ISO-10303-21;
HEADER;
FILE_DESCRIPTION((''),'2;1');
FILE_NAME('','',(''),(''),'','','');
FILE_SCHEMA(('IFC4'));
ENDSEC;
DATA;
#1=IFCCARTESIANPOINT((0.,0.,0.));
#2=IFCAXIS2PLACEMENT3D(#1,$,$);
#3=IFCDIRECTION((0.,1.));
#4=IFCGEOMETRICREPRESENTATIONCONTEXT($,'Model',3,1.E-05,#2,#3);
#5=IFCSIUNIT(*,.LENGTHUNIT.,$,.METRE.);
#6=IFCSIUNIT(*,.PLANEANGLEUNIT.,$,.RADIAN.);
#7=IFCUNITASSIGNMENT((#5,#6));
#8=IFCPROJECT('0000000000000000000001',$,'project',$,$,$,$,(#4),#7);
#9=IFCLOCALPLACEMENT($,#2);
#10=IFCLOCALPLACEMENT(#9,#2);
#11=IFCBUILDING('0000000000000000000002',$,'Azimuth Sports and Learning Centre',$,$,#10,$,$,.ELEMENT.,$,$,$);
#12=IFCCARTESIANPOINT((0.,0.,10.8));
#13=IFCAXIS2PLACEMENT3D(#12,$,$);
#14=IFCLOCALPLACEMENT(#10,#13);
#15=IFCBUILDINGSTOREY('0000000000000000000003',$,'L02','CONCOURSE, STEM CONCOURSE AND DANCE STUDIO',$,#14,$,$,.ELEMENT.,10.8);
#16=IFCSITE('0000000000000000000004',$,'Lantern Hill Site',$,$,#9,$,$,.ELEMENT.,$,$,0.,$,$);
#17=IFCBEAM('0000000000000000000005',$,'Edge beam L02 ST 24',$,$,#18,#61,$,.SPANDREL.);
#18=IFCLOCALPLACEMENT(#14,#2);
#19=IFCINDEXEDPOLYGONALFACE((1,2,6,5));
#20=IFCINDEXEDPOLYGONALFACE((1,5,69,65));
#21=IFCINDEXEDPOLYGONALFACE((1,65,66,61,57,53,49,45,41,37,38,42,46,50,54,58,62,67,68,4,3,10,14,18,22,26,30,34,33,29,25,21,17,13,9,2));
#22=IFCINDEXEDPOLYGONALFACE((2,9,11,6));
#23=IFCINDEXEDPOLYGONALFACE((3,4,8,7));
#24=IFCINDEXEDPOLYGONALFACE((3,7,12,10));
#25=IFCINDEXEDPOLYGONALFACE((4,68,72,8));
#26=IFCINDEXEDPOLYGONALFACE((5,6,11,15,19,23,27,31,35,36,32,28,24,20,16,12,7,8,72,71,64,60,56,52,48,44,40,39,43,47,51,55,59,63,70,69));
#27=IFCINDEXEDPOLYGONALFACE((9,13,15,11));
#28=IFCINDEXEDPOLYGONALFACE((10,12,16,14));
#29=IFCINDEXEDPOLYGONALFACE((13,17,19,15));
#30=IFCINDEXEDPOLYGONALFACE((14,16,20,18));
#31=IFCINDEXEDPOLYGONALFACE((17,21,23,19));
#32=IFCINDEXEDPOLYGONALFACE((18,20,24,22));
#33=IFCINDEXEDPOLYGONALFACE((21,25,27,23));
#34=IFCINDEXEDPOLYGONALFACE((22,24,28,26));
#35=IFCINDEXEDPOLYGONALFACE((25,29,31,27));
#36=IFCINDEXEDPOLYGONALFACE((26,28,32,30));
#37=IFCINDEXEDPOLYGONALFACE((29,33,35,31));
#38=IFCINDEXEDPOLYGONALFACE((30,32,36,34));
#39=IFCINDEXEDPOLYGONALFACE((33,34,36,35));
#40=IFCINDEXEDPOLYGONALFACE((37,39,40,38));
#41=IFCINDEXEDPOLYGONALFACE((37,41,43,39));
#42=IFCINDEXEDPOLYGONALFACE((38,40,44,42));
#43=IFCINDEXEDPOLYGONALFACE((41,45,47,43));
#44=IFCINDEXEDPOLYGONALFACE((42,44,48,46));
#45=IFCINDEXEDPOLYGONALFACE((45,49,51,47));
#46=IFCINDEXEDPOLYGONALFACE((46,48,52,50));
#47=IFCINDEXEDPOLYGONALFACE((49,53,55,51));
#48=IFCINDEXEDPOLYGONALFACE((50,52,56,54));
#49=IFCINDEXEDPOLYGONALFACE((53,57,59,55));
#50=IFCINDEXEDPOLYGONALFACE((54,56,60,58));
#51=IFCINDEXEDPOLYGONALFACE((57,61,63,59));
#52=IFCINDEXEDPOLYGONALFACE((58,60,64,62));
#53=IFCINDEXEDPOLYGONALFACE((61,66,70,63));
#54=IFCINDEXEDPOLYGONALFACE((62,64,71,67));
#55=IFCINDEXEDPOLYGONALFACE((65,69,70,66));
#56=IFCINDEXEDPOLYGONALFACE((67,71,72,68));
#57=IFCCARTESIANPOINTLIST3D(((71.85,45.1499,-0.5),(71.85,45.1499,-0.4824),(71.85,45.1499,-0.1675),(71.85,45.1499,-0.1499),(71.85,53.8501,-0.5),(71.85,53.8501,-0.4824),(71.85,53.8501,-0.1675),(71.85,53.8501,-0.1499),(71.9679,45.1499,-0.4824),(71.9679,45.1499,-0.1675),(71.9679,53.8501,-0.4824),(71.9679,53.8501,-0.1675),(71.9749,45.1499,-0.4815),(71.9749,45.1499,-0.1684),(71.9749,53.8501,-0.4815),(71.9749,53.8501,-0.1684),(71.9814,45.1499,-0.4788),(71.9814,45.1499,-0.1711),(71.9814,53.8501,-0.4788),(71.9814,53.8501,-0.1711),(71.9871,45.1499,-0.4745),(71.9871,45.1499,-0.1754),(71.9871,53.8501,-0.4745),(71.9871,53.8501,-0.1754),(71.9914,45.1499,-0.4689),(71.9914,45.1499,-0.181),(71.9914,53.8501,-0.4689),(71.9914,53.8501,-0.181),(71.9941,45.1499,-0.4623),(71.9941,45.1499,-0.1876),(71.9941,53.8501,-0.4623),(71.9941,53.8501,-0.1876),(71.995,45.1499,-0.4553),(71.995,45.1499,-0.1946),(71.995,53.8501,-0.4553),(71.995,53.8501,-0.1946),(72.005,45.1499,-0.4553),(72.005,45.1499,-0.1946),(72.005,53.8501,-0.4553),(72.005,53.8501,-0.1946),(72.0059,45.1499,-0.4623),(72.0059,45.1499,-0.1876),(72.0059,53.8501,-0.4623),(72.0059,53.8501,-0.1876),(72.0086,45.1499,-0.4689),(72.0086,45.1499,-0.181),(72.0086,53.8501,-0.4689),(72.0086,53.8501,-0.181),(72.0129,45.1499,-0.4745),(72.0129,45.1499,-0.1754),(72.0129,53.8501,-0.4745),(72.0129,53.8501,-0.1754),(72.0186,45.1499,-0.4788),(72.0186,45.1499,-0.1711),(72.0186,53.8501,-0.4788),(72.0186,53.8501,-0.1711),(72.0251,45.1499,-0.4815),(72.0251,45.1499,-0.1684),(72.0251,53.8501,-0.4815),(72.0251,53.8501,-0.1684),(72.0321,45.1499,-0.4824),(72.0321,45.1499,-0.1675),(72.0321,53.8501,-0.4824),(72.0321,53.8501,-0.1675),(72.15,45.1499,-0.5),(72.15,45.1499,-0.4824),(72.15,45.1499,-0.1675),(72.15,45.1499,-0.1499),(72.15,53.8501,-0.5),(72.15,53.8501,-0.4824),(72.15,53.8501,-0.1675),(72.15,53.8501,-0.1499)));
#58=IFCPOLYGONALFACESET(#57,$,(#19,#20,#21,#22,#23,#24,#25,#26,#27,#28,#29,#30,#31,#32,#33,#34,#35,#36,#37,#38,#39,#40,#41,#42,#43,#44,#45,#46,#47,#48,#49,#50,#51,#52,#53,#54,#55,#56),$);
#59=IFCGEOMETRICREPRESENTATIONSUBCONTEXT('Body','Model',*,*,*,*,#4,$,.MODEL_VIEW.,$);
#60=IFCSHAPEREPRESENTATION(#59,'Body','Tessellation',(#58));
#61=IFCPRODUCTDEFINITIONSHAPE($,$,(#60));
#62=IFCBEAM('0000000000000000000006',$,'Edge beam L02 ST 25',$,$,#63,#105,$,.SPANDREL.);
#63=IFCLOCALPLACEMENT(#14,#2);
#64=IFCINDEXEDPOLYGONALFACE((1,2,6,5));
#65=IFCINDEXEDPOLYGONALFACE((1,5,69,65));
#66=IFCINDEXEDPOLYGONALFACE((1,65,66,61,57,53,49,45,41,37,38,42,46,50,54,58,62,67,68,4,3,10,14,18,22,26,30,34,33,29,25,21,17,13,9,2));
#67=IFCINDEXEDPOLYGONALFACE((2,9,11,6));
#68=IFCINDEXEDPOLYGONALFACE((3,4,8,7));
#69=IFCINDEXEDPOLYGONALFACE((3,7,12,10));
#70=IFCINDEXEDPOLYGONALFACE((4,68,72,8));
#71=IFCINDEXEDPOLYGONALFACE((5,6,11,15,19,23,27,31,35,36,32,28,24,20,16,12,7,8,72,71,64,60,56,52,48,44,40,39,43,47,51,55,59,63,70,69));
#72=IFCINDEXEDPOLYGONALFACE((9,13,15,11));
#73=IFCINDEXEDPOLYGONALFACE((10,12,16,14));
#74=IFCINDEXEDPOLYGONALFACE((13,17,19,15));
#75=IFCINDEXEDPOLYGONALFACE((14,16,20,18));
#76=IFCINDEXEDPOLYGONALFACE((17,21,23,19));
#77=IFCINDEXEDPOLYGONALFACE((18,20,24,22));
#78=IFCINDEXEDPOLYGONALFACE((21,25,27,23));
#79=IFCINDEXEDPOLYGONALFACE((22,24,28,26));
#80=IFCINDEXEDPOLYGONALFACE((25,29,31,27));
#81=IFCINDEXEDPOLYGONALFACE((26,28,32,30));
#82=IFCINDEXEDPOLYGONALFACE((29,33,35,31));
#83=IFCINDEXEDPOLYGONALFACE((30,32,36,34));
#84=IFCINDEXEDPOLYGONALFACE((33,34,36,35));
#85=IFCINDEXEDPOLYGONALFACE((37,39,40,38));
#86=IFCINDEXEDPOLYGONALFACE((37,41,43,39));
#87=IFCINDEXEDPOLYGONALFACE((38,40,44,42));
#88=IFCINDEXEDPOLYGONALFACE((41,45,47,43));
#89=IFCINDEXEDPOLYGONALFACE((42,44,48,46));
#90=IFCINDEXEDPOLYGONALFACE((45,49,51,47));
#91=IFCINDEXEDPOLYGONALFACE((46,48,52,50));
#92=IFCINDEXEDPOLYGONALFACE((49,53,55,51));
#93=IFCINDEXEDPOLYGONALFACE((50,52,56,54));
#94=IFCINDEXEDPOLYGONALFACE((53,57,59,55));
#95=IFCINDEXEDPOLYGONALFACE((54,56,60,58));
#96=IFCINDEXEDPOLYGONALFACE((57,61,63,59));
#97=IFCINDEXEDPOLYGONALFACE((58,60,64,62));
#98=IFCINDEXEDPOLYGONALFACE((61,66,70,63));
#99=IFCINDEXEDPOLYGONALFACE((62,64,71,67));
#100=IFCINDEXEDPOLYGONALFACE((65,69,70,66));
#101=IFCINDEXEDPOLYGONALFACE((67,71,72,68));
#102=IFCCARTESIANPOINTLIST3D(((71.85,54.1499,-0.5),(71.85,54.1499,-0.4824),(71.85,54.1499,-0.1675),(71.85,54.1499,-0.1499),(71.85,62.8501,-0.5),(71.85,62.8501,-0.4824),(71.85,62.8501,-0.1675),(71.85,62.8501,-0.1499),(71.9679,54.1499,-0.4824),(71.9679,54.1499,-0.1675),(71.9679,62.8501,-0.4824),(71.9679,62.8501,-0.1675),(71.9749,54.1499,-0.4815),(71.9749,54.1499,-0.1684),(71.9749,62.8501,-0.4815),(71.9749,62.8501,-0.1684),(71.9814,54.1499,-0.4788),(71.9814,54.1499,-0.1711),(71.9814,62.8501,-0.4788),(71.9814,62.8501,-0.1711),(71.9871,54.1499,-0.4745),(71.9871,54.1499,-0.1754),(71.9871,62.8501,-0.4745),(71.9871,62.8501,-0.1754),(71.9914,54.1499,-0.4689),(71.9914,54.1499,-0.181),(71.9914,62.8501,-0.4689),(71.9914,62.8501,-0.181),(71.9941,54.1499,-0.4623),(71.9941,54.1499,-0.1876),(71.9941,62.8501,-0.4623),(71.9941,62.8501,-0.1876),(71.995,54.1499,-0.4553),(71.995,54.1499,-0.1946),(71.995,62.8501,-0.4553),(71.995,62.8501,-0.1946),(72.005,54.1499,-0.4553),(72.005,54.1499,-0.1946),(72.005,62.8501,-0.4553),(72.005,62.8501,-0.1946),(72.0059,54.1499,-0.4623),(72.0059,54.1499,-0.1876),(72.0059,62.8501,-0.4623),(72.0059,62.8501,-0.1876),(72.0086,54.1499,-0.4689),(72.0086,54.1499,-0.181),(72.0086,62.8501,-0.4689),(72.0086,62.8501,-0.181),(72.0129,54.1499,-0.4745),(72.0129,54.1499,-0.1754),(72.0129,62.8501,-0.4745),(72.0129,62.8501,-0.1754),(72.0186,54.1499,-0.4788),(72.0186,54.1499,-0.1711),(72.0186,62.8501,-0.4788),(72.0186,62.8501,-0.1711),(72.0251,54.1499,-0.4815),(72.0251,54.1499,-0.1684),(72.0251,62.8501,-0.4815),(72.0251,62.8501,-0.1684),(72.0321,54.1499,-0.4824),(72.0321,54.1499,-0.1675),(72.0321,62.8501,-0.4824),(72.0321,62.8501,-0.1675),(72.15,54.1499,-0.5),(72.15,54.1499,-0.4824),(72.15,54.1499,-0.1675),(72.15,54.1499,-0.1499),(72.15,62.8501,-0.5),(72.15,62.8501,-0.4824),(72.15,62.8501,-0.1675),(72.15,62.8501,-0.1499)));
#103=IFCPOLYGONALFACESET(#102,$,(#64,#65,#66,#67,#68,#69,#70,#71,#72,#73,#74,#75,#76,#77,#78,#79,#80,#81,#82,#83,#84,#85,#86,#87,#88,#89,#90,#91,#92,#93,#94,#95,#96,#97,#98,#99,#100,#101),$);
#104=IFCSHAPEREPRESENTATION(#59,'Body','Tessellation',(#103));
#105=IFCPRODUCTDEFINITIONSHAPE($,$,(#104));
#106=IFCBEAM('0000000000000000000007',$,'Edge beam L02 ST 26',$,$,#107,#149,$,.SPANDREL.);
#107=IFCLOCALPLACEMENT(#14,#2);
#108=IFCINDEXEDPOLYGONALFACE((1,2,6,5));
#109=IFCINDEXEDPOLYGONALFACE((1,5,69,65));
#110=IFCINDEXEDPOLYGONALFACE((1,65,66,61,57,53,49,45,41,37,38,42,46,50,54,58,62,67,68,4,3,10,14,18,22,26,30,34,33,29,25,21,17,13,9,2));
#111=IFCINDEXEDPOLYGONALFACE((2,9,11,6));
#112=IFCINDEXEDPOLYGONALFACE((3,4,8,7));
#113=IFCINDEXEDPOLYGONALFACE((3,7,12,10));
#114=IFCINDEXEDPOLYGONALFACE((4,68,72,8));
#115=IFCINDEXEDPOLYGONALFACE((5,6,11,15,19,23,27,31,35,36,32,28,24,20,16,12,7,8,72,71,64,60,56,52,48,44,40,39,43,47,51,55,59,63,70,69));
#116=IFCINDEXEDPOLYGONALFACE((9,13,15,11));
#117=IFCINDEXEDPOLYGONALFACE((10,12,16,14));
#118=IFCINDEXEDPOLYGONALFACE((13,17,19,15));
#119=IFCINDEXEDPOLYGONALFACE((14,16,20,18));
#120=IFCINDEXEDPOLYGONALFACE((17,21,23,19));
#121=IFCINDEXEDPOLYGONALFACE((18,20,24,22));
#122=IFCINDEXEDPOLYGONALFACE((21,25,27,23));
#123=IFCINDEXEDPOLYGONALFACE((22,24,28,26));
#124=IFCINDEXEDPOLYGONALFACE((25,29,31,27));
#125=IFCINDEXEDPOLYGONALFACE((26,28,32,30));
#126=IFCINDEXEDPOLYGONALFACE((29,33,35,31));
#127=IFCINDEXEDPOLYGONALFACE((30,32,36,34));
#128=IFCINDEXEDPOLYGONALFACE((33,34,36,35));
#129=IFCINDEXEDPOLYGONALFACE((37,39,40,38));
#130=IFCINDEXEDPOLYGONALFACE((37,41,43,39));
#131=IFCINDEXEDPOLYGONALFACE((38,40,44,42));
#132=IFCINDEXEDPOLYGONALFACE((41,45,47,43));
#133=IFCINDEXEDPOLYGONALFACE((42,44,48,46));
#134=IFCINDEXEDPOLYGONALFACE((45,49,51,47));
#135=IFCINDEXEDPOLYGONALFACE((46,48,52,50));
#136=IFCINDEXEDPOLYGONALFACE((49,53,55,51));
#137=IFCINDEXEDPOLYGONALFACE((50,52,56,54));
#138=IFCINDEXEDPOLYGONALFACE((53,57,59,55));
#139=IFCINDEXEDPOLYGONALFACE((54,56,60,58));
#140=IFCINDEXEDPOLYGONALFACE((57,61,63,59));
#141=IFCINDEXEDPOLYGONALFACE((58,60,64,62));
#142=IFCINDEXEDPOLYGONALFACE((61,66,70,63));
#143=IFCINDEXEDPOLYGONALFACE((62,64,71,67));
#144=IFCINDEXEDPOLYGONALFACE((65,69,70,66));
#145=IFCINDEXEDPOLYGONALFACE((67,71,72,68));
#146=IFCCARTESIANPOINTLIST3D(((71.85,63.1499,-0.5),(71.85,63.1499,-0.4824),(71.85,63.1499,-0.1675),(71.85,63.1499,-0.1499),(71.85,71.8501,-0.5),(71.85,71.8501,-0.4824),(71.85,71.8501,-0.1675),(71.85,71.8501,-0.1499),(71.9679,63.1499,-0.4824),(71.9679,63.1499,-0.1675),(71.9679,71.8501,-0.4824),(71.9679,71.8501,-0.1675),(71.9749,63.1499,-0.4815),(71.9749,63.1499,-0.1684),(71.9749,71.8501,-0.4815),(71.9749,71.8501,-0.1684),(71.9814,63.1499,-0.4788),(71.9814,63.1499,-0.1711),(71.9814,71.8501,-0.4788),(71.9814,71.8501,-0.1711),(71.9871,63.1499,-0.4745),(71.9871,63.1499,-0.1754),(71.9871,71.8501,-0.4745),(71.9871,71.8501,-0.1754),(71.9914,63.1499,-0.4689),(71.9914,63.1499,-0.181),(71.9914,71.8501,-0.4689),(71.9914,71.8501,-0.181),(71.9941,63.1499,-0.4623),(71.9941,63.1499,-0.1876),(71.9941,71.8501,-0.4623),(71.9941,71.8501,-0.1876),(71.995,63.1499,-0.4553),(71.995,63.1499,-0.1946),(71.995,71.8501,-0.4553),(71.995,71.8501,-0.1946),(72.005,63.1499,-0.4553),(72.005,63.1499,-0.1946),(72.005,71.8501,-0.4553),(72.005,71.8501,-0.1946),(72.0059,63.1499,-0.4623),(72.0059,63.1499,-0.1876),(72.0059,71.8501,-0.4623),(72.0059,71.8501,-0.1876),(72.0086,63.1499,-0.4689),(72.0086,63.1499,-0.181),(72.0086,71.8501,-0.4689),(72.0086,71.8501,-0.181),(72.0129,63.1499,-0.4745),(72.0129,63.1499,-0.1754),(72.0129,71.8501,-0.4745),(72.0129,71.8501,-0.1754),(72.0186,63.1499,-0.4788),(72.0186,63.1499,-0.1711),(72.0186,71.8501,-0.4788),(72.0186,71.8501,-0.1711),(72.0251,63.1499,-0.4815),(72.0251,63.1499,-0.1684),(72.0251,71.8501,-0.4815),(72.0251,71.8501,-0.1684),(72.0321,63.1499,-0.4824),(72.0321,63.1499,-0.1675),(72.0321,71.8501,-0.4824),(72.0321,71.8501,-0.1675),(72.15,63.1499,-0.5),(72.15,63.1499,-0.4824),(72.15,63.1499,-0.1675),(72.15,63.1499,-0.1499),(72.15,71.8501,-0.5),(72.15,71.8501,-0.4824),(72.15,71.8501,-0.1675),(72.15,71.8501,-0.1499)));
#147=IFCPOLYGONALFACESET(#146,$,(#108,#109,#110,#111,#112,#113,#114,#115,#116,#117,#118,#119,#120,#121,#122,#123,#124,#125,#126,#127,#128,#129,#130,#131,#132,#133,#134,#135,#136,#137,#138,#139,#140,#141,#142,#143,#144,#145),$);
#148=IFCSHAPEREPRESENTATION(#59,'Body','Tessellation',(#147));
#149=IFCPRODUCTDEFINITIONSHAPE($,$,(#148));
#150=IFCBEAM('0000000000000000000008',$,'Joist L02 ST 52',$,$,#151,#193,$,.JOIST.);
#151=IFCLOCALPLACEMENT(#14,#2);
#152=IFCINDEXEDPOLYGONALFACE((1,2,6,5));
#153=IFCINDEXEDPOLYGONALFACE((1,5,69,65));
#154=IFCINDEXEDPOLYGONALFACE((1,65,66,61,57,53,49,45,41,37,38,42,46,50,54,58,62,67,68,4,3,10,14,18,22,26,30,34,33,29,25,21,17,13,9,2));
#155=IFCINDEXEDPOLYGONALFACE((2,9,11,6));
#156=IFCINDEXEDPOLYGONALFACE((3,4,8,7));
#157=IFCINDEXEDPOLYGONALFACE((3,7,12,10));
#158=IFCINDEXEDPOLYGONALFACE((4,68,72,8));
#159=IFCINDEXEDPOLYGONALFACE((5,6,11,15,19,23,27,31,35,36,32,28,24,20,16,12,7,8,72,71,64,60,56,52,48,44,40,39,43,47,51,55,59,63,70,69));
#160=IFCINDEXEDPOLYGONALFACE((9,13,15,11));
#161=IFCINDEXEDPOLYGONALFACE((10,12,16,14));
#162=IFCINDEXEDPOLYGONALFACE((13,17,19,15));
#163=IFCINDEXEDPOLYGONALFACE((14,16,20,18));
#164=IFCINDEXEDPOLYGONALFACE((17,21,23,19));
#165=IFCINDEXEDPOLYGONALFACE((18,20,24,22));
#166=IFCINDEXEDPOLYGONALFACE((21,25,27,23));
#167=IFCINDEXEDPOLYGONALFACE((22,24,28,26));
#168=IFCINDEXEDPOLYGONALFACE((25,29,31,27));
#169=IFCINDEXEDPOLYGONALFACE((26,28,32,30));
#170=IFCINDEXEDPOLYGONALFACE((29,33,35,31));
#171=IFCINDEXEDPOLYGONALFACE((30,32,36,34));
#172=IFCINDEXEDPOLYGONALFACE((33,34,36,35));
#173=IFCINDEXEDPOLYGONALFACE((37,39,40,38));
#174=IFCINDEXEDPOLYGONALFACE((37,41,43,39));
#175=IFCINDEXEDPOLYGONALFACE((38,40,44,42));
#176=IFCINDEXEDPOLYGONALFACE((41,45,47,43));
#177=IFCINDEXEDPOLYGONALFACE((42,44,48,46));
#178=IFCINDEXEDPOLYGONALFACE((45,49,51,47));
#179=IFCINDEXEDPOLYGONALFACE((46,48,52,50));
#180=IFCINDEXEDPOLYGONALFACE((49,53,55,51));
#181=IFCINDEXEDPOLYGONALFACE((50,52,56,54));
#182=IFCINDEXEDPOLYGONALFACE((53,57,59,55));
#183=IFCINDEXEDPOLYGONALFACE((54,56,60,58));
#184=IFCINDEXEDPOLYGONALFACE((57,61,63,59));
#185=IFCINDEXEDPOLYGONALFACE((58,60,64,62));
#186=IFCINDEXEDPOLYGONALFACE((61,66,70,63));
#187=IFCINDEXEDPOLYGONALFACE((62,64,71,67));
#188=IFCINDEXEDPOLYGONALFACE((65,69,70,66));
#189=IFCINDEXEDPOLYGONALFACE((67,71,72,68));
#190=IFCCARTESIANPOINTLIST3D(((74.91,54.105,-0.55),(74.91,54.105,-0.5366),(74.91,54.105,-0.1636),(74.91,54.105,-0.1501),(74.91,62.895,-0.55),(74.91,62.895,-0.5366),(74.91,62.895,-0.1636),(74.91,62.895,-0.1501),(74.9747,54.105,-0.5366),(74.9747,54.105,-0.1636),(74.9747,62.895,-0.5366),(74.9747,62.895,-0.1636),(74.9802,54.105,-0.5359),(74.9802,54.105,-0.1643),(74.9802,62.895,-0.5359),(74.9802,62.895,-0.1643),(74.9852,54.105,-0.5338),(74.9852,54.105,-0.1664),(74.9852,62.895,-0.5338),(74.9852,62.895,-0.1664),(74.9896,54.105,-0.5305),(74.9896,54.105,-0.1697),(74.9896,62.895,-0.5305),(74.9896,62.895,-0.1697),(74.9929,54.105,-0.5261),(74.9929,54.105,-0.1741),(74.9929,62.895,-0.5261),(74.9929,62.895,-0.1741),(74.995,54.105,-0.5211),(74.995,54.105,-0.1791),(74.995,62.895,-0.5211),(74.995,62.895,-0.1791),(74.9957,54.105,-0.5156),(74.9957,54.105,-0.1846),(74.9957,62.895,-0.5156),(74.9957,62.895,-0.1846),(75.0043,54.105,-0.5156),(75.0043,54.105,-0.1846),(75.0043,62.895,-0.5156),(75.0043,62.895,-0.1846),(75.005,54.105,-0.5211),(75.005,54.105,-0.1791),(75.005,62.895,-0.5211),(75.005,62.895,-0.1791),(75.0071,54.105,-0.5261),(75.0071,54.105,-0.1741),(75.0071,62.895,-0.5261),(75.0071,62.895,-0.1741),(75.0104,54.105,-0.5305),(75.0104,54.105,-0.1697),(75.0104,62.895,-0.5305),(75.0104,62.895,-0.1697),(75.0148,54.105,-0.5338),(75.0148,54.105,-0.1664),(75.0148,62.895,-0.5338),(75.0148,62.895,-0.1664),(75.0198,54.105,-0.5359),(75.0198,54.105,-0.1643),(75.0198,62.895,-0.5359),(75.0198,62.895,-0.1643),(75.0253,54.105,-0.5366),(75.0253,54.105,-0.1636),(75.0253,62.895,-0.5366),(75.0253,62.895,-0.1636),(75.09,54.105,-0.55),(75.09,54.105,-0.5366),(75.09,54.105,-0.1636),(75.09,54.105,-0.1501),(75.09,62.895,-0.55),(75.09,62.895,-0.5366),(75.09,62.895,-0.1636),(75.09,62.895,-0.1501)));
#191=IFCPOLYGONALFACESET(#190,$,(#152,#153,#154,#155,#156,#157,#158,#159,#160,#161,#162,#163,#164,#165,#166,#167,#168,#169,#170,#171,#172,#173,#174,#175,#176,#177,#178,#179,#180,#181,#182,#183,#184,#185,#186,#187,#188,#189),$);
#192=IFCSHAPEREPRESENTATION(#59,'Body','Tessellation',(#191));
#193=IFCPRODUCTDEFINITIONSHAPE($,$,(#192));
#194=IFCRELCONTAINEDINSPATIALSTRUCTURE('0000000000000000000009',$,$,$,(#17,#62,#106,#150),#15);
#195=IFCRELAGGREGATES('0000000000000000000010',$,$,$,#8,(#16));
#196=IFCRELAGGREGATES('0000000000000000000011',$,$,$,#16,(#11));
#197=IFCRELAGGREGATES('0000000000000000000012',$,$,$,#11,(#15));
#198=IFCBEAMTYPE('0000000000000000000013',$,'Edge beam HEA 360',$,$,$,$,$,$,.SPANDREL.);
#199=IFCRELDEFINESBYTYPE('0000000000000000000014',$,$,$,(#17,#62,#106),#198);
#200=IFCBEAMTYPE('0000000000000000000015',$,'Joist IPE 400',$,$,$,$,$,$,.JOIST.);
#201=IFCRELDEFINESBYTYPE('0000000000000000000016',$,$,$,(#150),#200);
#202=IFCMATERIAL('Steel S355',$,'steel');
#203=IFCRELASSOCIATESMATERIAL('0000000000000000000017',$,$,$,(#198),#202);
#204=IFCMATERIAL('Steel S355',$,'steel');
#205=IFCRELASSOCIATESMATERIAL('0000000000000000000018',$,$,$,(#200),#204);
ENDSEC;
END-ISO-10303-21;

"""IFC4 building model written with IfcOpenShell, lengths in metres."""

from ifc_helpers import new_model, si_unit, direction, frame, origin, origin_2d, place, context, subcontext, project, spatial, i_section, extrude, material, material_profile, profile_set, type_object, element, save


model = new_model("IFC4")

# Units and contexts
model_context = context("Model", 3, precision=1e-05, world=origin(), true_north=direction((0.0, 1.0)))
body_context = subcontext(model_context, "Body", "Model", "MODEL_VIEW")
ifc_project = project(units=[si_unit("LENGTHUNIT", "METRE"), si_unit("PLANEANGLEUNIT", "RADIAN")], contexts=[model_context])

# Site, building, storey
site_placement = place(None, origin())
site = spatial("IfcSite", under=ifc_project, at=site_placement, Name="Lantern Hill Site", CompositionType="ELEMENT", RefElevation=0.0)
building_placement = place(site_placement, origin())
building = spatial("IfcBuilding", under=site, at=building_placement, Name="Azimuth Sports and Learning Centre", CompositionType="ELEMENT")
storey_placement = place(building_placement, frame((0.0, 0.0, 10.8)))
storey = spatial("IfcBuildingStorey", under=building, at=storey_placement, Name="L02", Description="CONCOURSE, STEM CONCOURSE AND DANCE STUDIO", CompositionType="ELEMENT", Elevation=10.8)

# Beams
ifc_material_1 = material(Name="Steel S355", Category="steel")
ifc_material_profile_1 = material_profile(ifc_material_1, i_section(OverallWidth=0.3, OverallDepth=0.3501, WebThickness=0.01, FlangeThickness=0.0176, FilletRadius=0.0271, at=origin_2d()), Name="HEA 360")
ifc_profile_set_1 = profile_set([ifc_material_profile_1], Name="Steel S355")
beam_type_1 = type_object("IfcBeamType", Name="Edge beam HEA 360", PredefinedType="SPANDREL", material=ifc_profile_set_1)
for number, where, z_axis, x_axis, name in (
    (1, (72.0, 45.1499, -0.325), (0.0, 1.0, 0.0), (-1.0, 0.0, 0.0), "Edge beam L02 ST 24"),
    (2, (72.0, 54.1499, -0.325), (0.0, 1.0, 0.0), (-1.0, 0.0, 0.0), "Edge beam L02 ST 25"),
    (3, (72.0, 63.1499, -0.325), (0.0, 1.0, 0.0), (-1.0, 0.0, 0.0), "Edge beam L02 ST 26"),
):
    element("IfcBeam", number, at=place(storey_placement, frame(where, z_axis=z_axis, x_axis=x_axis)), inside=storey, type_object=beam_type_1, Name=name, PredefinedType="SPANDREL", context=body_context, shape_type="SweptSolid", body=[
        extrude(i_section(OverallWidth=0.3, OverallDepth=0.3501, WebThickness=0.01, FlangeThickness=0.0176, FilletRadius=0.0271, at=origin_2d()), origin(), (0.0, 0.0, 1.0), 8.7002),
    ])
ifc_material_2 = material(Name="Steel S355", Category="steel")
ifc_material_profile_2 = material_profile(ifc_material_2, i_section(OverallWidth=0.1799, OverallDepth=0.3999, WebThickness=0.0085, FlangeThickness=0.0134, FilletRadius=0.021, at=origin_2d()), Name="IPE 400")
ifc_profile_set_2 = profile_set([ifc_material_profile_2], Name="Steel S355")
beam_type_2 = type_object("IfcBeamType", Name="Joist IPE 400", PredefinedType="JOIST", material=ifc_profile_set_2)
for number, where, z_axis, x_axis, name in (
    (4, (75.0, 54.105, -0.3501), (0.0, 1.0, 0.0), (-1.0, 0.0, 0.0), "Joist L02 ST 52"),
):
    element("IfcBeam", number, at=place(storey_placement, frame(where, z_axis=z_axis, x_axis=x_axis)), inside=storey, type_object=beam_type_2, Name=name, PredefinedType="JOIST", context=body_context, shape_type="SweptSolid", body=[
        extrude(i_section(OverallWidth=0.1799, OverallDepth=0.3999, WebThickness=0.0085, FlangeThickness=0.0134, FilletRadius=0.021, at=origin_2d()), origin(), (0.0, 0.0, 1.0), 8.79),
    ])

save(model, "model.ifc")
